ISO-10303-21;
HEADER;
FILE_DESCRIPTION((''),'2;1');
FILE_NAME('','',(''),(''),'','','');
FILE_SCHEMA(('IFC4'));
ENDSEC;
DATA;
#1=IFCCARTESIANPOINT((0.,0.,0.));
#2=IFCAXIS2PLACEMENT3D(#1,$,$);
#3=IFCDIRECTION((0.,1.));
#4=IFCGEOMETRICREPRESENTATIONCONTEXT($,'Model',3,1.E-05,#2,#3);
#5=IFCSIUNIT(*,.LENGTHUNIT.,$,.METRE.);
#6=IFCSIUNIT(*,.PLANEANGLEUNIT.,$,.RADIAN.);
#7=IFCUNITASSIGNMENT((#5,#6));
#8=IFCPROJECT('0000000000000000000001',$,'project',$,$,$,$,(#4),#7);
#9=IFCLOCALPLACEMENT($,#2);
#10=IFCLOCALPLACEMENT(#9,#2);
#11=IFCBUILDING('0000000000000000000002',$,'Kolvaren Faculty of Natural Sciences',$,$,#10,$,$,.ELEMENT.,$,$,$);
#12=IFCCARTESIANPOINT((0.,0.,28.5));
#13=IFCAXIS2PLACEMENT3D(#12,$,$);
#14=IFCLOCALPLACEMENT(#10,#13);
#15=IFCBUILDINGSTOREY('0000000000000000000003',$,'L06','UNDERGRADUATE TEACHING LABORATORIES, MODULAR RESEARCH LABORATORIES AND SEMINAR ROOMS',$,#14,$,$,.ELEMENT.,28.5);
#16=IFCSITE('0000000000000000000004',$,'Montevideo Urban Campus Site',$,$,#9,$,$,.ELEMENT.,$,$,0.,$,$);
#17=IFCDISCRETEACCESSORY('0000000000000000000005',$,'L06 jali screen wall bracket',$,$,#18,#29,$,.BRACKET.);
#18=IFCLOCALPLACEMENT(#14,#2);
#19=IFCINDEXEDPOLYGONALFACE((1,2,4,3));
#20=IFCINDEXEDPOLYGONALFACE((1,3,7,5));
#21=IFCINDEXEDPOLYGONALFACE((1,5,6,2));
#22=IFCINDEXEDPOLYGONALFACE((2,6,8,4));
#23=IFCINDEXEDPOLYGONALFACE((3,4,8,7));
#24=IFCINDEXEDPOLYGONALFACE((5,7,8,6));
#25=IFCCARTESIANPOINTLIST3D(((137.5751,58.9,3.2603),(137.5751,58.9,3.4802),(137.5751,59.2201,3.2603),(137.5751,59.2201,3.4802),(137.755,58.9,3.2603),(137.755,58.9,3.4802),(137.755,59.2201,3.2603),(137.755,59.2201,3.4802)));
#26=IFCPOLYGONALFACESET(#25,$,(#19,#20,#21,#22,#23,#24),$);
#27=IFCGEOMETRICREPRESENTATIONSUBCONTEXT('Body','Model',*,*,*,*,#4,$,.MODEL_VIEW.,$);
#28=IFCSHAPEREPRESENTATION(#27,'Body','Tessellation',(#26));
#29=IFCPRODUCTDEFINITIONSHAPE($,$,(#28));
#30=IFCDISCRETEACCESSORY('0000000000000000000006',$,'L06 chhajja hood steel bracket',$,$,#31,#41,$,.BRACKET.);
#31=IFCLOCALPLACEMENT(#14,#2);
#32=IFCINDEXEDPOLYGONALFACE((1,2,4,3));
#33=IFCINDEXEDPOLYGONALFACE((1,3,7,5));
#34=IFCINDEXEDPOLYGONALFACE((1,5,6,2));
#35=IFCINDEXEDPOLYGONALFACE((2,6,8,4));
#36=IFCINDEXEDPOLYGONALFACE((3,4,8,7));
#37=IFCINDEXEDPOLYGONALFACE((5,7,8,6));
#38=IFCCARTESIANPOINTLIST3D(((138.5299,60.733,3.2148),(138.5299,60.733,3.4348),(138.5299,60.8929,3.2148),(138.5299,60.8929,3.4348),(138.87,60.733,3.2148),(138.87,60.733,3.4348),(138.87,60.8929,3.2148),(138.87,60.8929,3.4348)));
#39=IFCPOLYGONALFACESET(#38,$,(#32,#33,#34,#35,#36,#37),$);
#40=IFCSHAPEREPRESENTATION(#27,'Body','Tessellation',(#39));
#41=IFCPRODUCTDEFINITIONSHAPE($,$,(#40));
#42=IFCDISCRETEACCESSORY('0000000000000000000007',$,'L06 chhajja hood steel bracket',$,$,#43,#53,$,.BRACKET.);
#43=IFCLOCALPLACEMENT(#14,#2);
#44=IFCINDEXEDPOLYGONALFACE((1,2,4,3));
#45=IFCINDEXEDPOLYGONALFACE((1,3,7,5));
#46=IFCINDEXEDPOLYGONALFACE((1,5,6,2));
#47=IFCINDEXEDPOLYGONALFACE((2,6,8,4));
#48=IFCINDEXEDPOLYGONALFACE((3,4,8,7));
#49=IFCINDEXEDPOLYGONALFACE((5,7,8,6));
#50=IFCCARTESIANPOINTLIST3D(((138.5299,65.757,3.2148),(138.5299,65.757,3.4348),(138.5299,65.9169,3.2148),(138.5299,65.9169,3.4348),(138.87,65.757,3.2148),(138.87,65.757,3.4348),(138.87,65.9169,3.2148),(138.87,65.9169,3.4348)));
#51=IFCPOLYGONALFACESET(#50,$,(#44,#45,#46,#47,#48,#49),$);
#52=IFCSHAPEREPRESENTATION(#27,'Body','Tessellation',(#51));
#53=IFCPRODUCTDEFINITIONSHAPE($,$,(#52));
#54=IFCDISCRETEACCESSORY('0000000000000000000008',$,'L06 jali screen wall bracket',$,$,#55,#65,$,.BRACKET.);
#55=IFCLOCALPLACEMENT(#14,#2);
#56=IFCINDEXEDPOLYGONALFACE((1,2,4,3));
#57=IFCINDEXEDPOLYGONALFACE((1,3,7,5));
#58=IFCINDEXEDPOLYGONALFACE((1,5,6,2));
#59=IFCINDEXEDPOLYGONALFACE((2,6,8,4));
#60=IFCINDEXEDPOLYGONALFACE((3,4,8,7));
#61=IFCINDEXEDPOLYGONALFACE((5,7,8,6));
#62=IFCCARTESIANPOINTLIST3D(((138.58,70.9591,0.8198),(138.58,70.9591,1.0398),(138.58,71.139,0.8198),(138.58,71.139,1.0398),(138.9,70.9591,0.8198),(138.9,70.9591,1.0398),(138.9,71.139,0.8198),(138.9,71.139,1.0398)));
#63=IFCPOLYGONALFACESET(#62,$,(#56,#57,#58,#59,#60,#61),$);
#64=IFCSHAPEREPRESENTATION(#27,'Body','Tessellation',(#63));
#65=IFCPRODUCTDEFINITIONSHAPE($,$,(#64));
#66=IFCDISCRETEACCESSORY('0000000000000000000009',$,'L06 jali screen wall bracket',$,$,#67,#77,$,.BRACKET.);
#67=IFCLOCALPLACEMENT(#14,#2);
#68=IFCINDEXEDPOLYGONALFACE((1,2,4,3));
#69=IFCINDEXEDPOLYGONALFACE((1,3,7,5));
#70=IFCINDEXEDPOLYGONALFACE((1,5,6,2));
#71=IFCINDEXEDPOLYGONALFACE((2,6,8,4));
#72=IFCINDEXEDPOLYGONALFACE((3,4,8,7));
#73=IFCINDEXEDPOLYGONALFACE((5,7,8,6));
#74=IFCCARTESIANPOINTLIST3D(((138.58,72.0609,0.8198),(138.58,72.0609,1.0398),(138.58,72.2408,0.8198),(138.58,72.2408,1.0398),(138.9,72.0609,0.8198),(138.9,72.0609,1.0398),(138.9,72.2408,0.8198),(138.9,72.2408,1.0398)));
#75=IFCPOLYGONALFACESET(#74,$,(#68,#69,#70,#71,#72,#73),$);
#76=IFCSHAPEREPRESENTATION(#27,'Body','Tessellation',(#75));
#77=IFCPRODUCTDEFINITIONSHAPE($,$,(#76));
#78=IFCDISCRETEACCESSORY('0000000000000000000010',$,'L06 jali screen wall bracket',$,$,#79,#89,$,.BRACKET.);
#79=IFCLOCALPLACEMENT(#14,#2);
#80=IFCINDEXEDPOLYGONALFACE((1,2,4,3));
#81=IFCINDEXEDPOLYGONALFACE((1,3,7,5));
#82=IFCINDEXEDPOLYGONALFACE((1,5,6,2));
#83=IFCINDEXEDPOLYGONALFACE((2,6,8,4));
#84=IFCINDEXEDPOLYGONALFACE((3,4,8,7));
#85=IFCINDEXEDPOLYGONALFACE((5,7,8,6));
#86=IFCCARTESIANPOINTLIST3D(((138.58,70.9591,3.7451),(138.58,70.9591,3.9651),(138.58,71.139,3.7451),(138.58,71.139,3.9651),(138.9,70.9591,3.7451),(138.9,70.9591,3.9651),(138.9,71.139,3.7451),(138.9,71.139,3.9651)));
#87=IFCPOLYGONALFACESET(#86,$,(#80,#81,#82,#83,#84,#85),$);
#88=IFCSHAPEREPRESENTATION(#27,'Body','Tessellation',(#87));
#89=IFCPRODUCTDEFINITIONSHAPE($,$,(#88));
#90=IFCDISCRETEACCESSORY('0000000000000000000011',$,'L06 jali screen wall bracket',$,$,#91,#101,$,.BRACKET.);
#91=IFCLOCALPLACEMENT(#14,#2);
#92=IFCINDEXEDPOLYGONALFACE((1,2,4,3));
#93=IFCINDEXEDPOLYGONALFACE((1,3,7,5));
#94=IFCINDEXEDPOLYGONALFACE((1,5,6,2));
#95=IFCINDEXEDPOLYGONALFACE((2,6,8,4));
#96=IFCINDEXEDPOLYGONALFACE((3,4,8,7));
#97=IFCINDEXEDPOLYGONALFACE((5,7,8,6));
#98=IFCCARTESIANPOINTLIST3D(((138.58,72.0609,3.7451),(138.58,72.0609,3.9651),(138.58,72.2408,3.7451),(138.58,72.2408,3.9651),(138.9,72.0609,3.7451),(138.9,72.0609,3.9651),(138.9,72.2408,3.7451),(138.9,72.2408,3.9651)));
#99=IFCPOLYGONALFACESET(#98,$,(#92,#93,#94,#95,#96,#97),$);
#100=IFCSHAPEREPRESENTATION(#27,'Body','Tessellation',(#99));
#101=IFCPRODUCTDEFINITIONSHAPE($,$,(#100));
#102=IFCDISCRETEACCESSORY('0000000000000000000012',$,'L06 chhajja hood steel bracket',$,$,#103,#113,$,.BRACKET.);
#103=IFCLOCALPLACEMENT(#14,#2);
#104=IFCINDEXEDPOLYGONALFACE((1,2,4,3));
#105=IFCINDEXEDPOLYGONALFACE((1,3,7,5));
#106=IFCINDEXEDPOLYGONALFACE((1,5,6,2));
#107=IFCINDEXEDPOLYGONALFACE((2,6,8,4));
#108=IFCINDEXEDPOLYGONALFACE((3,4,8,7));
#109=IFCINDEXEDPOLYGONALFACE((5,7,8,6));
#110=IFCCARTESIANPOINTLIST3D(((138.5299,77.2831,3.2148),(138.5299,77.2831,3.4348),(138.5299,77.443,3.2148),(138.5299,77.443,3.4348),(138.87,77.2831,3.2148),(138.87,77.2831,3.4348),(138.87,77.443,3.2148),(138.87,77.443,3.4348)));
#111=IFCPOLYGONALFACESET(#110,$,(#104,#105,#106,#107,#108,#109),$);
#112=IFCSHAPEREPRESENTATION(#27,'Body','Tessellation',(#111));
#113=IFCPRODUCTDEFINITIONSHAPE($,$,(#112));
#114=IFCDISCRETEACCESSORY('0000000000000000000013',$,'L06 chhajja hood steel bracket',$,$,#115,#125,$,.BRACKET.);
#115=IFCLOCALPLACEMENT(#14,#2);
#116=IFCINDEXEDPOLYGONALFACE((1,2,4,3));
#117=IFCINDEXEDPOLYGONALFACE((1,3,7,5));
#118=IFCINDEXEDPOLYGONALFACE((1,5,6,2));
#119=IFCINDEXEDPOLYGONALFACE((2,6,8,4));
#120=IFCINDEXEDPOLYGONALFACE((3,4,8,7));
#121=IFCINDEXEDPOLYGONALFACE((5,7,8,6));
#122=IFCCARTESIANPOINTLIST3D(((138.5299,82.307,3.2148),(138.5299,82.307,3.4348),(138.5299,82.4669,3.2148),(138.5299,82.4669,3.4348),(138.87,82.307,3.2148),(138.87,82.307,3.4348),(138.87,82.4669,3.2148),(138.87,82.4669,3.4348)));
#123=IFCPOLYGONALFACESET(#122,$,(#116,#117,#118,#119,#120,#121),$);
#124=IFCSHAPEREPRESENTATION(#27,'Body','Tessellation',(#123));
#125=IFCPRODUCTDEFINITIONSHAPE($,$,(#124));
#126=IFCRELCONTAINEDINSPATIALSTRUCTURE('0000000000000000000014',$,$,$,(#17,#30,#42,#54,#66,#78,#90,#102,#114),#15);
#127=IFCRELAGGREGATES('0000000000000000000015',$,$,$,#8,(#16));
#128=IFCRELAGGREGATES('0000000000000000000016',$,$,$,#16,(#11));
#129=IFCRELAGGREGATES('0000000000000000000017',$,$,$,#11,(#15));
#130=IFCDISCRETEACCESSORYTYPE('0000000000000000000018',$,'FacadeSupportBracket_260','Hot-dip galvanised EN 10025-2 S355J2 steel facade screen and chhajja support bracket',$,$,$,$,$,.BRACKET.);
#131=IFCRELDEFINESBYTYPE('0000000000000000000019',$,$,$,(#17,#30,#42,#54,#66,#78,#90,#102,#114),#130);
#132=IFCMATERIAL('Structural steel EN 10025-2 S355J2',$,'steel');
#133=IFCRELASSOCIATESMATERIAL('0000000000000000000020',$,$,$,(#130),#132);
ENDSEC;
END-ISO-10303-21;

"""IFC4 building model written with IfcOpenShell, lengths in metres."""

from ifc_helpers import new_model, si_unit, direction, frame, origin, origin_2d, place, context, subcontext, project, spatial, rectangle, extrude, material, type_object, element, save


model = new_model("IFC4")

# Units and contexts
model_context = context("Model", 3, precision=1e-05, world=origin(), true_north=direction((0.0, 1.0)))
body_context = subcontext(model_context, "Body", "Model", "MODEL_VIEW")
ifc_project = project(units=[si_unit("LENGTHUNIT", "METRE"), si_unit("PLANEANGLEUNIT", "RADIAN")], contexts=[model_context])

# Site, building, storey
site_placement = place(None, origin())
site = spatial("IfcSite", under=ifc_project, at=site_placement, Name="Montevideo Urban Campus Site", CompositionType="ELEMENT", RefElevation=0.0)
building_placement = place(site_placement, origin())
building = spatial("IfcBuilding", under=site, at=building_placement, Name="Kolvaren Faculty of Natural Sciences", CompositionType="ELEMENT")
storey_placement = place(building_placement, frame((0.0, 0.0, 28.5)))
storey = spatial("IfcBuildingStorey", under=building, at=storey_placement, Name="L06", Description="UNDERGRADUATE TEACHING LABORATORIES, MODULAR RESEARCH LABORATORIES AND SEMINAR ROOMS", CompositionType="ELEMENT", Elevation=28.5)

# Discrete accessories
ifc_material_1 = material(Name="Structural steel EN 10025-2 S355J2", Category="steel")
discrete_accessory_type = type_object("IfcDiscreteAccessoryType", Name="FacadeSupportBracket_260", Description="Hot-dip galvanised EN 10025-2 S355J2 steel facade screen and chhajja support bracket", PredefinedType="BRACKET", material=ifc_material_1)
discrete_accessory_placement = place(storey_placement, frame((137.665, 59.0601, 3.2603), z_axis=(0.0, 0.0, 1.0), x_axis=(1.0, 0.0, 0.0)))
element("IfcDiscreteAccessory", 1, at=discrete_accessory_placement, inside=storey, type_object=discrete_accessory_type, Name="L06 jali screen wall bracket", PredefinedType="BRACKET", context=body_context, shape_type="SweptSolid", body=[
    extrude(rectangle(XDim=0.1799, YDim=0.3201, at=origin_2d()), origin(), (0.0, 0.0, 1.0), 0.22),
])
for number, where, z_axis, x_axis, name in (
    (2, (138.7, 60.813, 3.2148), (0.0, 0.0, 1.0), (0.0, 1.0, 0.0), "L06 chhajja hood steel bracket"),
    (3, (138.7, 65.8369, 3.2148), (0.0, 0.0, 1.0), (0.0, 1.0, 0.0), "L06 chhajja hood steel bracket"),
):
    element("IfcDiscreteAccessory", number, at=place(storey_placement, frame(where, z_axis=z_axis, x_axis=x_axis)), inside=storey, type_object=discrete_accessory_type, Name=name, PredefinedType="BRACKET", context=body_context, shape_type="SweptSolid", body=[
        extrude(rectangle(XDim=0.1599, YDim=0.3401, at=origin_2d()), origin(), (0.0, 0.0, 1.0), 0.22),
    ])
for number, where, z_axis, x_axis, name in (
    (4, (138.74, 71.0491, 0.8198), (0.0, 0.0, 1.0), (0.0, 1.0, 0.0), "L06 jali screen wall bracket"),
    (5, (138.74, 72.1509, 0.8198), (0.0, 0.0, 1.0), (0.0, 1.0, 0.0), "L06 jali screen wall bracket"),
    (6, (138.74, 71.0491, 3.7451), (0.0, 0.0, 1.0), (0.0, 1.0, 0.0), "L06 jali screen wall bracket"),
    (7, (138.74, 72.1509, 3.7451), (0.0, 0.0, 1.0), (0.0, 1.0, 0.0), "L06 jali screen wall bracket"),
):
    element("IfcDiscreteAccessory", number, at=place(storey_placement, frame(where, z_axis=z_axis, x_axis=x_axis)), inside=storey, type_object=discrete_accessory_type, Name=name, PredefinedType="BRACKET", context=body_context, shape_type="SweptSolid", body=[
        extrude(rectangle(XDim=0.1799, YDim=0.3201, at=origin_2d()), origin(), (0.0, 0.0, 1.0), 0.22),
    ])
for number, where, z_axis, x_axis, name in (
    (8, (138.7, 77.363, 3.2148), (0.0, 0.0, 1.0), (0.0, 1.0, 0.0), "L06 chhajja hood steel bracket"),
    (9, (138.7, 82.387, 3.2148), (0.0, 0.0, 1.0), (0.0, 1.0, 0.0), "L06 chhajja hood steel bracket"),
):
    element("IfcDiscreteAccessory", number, at=place(storey_placement, frame(where, z_axis=z_axis, x_axis=x_axis)), inside=storey, type_object=discrete_accessory_type, Name=name, PredefinedType="BRACKET", context=body_context, shape_type="SweptSolid", body=[
        extrude(rectangle(XDim=0.1599, YDim=0.3401, at=origin_2d()), origin(), (0.0, 0.0, 1.0), 0.22),
    ])

save(model, "model.ifc")
